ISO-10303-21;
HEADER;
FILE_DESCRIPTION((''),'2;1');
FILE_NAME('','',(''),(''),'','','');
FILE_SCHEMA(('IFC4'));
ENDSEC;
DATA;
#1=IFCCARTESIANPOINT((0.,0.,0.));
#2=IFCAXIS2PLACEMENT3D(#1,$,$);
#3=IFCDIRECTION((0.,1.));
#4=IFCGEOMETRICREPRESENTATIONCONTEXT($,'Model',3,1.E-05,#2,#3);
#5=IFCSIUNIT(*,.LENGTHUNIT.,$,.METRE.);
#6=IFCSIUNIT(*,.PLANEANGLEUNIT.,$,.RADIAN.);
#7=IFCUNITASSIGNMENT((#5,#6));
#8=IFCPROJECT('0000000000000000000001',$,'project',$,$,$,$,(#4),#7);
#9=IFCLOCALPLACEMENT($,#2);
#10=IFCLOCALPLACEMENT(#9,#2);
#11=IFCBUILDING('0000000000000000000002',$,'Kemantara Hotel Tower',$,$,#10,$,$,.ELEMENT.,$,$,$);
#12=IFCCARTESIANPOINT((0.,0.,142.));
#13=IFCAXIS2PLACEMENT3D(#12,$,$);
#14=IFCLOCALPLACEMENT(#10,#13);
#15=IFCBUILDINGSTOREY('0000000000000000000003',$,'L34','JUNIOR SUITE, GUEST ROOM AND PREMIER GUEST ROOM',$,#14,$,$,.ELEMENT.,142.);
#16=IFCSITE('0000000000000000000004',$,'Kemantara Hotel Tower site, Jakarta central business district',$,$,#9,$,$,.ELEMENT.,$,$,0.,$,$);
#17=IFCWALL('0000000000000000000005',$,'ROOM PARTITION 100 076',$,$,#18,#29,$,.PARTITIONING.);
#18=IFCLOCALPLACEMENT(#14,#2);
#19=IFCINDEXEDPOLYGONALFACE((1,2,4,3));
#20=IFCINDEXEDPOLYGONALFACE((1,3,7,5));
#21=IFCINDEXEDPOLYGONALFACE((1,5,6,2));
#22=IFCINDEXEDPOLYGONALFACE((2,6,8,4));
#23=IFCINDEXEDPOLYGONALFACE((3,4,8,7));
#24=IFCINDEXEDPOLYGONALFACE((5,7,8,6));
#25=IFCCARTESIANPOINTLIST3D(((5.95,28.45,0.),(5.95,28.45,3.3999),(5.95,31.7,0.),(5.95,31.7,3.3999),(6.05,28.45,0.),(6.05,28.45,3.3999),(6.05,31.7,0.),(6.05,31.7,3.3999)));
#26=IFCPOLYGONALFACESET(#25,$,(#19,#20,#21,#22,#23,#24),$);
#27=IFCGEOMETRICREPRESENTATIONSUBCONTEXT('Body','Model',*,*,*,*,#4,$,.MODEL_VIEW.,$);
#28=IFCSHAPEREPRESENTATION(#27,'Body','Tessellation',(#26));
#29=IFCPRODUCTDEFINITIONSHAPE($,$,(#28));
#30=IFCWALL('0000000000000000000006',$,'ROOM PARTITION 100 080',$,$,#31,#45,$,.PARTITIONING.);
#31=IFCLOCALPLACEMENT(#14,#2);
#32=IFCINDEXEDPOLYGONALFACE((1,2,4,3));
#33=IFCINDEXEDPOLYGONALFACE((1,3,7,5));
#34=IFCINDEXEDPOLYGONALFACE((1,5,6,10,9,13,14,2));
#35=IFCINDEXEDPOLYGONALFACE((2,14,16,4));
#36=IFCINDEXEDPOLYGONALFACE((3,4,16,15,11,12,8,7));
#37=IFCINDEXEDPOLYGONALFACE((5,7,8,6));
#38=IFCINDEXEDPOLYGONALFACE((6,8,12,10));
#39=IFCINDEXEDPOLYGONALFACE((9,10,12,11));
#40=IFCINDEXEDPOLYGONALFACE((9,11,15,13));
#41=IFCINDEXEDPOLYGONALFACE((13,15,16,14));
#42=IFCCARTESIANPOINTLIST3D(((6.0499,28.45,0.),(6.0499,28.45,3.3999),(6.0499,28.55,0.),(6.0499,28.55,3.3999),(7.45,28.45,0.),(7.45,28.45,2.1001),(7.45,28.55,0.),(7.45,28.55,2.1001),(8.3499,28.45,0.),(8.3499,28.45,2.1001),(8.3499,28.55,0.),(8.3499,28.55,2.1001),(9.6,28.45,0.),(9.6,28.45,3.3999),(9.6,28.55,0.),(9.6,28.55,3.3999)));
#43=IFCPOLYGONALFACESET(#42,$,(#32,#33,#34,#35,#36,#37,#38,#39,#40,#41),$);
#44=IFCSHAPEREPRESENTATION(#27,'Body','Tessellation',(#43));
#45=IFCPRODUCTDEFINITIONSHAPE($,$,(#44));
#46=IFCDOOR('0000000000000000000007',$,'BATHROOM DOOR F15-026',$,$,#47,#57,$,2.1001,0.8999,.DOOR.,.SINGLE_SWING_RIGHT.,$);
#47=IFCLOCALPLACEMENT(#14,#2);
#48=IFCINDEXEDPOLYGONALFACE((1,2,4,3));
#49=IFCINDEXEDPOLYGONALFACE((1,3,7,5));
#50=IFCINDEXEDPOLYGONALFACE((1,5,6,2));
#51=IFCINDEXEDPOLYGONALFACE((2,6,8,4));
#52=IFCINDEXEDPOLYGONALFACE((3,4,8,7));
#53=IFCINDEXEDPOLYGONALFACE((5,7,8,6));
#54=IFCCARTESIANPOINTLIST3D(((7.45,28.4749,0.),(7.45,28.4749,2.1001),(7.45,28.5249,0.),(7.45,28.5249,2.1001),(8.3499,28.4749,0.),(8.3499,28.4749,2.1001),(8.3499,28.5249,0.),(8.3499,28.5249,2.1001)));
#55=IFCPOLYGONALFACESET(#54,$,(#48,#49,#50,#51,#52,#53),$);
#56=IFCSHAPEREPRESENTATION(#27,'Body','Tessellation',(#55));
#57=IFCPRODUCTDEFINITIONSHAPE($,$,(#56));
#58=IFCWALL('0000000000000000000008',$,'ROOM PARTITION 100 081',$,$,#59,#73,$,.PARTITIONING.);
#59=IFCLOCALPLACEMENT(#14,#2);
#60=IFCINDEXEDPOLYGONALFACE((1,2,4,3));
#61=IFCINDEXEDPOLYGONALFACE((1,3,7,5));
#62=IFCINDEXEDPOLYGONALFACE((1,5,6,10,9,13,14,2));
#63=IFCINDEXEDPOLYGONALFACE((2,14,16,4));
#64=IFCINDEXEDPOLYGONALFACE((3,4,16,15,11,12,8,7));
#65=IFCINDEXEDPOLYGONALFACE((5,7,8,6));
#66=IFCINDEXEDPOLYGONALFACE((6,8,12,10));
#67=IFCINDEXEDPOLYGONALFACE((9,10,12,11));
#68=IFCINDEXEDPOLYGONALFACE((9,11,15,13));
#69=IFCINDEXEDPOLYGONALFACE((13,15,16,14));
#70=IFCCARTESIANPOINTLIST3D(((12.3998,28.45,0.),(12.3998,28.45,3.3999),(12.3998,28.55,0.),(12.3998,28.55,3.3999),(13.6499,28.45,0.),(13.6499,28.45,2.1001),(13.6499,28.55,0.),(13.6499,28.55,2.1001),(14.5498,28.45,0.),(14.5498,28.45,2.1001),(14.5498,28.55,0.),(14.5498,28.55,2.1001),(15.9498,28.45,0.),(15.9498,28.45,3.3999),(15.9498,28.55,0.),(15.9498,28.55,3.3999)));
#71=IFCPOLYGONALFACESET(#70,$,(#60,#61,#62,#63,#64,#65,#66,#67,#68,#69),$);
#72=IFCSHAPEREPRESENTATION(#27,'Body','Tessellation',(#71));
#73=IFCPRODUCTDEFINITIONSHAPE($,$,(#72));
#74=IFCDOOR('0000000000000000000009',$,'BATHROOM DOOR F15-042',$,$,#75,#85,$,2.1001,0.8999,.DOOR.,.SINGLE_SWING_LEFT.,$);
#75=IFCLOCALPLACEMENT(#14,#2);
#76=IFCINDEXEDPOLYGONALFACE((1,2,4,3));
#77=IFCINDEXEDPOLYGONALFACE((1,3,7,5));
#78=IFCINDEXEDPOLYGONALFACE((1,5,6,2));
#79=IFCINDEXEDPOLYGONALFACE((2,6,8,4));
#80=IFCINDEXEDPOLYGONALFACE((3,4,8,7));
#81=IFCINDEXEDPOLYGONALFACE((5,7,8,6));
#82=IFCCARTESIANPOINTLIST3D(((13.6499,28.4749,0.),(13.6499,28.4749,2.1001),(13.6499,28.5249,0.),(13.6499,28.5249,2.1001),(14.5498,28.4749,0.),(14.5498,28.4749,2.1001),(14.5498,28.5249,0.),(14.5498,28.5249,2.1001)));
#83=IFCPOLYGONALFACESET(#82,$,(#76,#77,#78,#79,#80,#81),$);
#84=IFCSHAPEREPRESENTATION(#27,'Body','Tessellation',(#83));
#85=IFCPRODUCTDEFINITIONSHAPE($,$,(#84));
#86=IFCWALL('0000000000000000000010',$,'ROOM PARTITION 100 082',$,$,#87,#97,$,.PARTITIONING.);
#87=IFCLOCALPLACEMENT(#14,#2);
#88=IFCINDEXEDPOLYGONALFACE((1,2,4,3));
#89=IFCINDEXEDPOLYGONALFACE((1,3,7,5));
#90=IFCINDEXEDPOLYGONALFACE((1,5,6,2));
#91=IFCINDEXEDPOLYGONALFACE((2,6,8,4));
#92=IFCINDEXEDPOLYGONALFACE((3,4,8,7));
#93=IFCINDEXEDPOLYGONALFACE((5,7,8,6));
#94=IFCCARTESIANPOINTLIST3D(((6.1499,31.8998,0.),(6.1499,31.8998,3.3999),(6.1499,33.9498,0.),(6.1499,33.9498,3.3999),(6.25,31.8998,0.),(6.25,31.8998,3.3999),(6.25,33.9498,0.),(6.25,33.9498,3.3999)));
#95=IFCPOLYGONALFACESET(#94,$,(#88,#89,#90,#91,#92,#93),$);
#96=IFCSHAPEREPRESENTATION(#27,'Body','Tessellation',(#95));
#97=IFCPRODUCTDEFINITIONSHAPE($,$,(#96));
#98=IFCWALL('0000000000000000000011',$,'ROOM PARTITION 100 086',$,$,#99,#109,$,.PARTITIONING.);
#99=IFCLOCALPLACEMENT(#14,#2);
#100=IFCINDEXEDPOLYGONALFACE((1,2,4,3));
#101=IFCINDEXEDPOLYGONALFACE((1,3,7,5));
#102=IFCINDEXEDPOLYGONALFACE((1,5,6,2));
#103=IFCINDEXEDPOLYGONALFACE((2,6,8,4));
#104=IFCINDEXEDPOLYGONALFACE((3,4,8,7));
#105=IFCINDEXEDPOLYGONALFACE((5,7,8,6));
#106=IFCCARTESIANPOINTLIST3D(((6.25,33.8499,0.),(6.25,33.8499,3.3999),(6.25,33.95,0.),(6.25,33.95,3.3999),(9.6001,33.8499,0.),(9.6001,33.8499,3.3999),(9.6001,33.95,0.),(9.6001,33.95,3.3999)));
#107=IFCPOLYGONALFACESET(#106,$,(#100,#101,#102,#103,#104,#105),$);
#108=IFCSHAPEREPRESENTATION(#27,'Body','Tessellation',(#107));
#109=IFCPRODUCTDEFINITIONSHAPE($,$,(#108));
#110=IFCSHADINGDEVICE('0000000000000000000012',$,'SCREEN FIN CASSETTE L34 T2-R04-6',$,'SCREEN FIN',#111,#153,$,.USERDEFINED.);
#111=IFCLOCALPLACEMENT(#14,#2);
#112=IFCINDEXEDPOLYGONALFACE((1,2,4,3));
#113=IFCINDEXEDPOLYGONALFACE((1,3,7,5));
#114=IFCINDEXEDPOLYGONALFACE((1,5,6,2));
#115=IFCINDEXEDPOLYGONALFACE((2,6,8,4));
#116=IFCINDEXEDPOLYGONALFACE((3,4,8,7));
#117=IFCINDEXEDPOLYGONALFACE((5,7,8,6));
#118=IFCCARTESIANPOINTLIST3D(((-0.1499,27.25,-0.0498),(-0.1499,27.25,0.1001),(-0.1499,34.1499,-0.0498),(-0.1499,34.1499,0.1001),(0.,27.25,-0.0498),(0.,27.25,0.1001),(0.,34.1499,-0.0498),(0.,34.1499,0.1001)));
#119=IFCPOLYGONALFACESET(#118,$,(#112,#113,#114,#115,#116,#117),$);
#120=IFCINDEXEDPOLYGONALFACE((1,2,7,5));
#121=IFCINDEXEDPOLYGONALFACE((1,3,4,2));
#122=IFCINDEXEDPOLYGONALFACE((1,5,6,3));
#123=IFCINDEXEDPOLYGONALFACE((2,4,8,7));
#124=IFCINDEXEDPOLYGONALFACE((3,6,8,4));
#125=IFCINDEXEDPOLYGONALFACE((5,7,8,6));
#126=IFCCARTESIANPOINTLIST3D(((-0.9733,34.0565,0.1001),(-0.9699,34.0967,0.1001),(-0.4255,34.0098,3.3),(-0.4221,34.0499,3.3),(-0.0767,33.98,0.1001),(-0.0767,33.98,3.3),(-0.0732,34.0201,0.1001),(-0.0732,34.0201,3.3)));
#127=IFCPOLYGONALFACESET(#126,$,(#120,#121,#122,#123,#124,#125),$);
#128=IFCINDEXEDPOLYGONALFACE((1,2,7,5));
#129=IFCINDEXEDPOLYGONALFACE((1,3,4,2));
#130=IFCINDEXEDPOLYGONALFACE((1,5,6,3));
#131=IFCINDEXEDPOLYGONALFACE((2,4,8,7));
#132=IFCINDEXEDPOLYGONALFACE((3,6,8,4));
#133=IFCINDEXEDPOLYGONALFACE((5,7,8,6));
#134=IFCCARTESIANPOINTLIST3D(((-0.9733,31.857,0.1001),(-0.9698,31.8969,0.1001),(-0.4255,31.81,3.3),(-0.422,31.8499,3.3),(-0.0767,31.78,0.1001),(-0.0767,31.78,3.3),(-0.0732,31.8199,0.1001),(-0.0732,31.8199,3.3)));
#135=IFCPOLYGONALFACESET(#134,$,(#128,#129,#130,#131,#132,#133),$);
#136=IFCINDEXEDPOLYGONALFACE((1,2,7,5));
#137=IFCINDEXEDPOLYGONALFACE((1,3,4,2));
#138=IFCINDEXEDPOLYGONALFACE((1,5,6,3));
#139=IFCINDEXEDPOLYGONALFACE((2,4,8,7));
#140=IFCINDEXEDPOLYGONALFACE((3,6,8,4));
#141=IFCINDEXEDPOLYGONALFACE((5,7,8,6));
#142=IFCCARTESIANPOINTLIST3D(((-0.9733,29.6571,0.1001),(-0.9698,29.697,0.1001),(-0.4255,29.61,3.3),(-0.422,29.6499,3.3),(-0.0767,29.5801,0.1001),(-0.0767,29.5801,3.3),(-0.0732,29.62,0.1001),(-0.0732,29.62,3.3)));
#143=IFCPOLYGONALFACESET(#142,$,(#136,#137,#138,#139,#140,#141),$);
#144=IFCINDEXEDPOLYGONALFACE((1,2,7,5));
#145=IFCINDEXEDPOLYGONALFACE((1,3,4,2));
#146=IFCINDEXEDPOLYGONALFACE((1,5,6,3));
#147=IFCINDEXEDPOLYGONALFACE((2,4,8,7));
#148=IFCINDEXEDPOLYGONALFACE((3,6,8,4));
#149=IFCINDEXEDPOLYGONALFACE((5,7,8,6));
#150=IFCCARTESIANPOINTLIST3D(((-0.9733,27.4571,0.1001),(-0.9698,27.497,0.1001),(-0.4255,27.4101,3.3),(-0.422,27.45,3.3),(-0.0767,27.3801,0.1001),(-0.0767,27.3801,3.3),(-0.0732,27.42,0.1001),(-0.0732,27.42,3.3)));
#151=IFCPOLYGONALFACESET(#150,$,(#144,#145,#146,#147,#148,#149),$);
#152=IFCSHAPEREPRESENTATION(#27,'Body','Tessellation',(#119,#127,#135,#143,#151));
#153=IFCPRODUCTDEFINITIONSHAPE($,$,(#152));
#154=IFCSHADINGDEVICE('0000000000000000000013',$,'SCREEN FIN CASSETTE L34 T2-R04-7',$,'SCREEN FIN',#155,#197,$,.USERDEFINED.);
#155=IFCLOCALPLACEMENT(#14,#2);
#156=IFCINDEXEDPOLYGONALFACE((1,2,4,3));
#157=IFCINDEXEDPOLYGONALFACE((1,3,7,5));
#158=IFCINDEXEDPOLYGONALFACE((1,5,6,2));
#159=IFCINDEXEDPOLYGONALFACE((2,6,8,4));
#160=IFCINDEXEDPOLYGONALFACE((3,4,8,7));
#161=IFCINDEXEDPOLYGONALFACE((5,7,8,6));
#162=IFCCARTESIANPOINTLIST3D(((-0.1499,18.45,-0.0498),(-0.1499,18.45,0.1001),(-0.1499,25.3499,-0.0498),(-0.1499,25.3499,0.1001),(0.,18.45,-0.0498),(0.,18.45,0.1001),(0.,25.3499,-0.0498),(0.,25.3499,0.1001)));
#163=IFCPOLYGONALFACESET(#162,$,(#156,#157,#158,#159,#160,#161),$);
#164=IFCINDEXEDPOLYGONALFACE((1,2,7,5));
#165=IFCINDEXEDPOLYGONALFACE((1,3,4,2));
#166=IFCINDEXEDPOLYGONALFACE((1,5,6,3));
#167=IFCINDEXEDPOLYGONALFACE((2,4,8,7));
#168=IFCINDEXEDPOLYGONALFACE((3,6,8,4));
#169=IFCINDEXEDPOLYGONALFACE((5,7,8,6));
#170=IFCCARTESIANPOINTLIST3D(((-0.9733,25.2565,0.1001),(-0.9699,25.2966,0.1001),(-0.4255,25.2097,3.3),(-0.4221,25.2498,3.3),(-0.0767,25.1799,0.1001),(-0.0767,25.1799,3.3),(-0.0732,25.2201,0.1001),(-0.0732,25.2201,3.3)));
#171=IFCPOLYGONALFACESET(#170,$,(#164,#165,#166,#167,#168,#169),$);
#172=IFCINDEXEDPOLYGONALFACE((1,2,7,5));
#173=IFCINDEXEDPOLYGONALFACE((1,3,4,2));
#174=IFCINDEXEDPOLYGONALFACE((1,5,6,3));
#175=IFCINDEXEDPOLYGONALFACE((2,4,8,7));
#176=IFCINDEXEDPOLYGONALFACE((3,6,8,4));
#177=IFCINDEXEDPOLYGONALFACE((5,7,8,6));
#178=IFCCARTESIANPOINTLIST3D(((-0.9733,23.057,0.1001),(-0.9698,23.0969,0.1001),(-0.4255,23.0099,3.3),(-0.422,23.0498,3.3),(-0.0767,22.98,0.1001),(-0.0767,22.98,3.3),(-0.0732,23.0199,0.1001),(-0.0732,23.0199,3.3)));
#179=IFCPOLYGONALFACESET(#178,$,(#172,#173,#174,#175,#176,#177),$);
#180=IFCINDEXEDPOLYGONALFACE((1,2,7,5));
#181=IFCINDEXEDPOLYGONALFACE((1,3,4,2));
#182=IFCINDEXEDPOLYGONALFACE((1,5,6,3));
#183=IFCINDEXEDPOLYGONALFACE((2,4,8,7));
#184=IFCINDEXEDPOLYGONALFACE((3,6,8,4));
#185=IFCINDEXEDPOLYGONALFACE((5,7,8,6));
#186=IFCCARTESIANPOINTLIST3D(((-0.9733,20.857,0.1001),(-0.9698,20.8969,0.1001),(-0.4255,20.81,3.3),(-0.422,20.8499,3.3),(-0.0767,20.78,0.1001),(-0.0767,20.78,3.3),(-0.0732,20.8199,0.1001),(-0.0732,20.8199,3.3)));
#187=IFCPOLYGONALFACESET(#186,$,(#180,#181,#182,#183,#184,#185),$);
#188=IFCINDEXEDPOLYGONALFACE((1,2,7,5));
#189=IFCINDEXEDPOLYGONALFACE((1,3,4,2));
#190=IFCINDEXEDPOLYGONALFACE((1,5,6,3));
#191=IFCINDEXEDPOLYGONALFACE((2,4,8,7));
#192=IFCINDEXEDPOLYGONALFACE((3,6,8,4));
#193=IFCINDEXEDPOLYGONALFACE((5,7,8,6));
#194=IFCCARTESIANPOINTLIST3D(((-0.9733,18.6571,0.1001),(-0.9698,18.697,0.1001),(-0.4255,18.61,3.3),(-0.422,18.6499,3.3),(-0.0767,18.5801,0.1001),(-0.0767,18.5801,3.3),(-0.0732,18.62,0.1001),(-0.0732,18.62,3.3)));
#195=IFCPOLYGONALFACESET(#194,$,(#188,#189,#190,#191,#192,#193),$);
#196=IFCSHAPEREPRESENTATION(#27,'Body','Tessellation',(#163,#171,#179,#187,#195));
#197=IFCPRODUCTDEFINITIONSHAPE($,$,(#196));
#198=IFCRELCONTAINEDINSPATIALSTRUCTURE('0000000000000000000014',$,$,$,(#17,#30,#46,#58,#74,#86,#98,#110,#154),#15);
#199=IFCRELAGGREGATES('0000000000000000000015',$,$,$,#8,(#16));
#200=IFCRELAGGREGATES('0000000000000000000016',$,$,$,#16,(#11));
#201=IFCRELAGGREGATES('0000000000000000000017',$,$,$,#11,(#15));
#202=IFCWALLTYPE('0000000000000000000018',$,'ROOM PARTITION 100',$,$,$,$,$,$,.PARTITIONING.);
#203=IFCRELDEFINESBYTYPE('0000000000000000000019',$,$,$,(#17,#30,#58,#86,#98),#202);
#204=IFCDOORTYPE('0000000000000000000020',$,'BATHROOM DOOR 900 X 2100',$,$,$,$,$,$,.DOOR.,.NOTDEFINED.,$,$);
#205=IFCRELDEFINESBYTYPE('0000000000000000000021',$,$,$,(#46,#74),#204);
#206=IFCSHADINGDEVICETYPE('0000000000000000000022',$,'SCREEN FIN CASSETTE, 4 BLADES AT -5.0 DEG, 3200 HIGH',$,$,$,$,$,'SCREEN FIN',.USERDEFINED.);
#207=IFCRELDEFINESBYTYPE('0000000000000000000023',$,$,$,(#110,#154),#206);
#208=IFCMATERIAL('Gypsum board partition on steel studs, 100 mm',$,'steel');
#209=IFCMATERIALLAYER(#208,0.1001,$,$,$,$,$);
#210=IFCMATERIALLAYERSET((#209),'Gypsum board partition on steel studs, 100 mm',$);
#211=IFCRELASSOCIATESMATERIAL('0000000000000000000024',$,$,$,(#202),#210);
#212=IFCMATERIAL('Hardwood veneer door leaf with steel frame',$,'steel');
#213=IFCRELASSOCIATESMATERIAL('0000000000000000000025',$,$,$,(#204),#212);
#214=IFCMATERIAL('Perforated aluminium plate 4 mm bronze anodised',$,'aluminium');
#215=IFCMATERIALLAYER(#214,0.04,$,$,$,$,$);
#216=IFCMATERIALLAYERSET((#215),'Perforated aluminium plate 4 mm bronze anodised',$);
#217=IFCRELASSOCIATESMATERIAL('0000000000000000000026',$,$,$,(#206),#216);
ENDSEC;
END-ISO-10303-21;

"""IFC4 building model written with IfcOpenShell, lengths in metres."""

from ifc_helpers import new_model, si_unit, direction, frame, frame_2d, origin, origin_2d, place, context, subcontext, project, spatial, polyline, rectangle, outline, extrude, source, transform, mapped, material, layer, layer_set, type_object, element, fill, save


model = new_model("IFC4")

# Units and contexts
model_context = context("Model", 3, precision=1e-05, world=origin(), true_north=direction((0.0, 1.0)))
body_context = subcontext(model_context, "Body", "Model", "MODEL_VIEW")
ifc_project = project(units=[si_unit("LENGTHUNIT", "METRE"), si_unit("PLANEANGLEUNIT", "RADIAN")], contexts=[model_context])

# Site, building, storey
site_placement = place(None, origin())
site = spatial("IfcSite", under=ifc_project, at=site_placement, Name="Kemantara Hotel Tower site, Jakarta central business district", CompositionType="ELEMENT", RefElevation=0.0)
building_placement = place(site_placement, origin())
building = spatial("IfcBuilding", under=site, at=building_placement, Name="Kemantara Hotel Tower", CompositionType="ELEMENT")
storey_placement = place(building_placement, frame((0.0, 0.0, 142.0)))
storey = spatial("IfcBuildingStorey", under=building, at=storey_placement, Name="L34", Description="JUNIOR SUITE, GUEST ROOM AND PREMIER GUEST ROOM", CompositionType="ELEMENT", Elevation=142.0)

# Shared definitions
ifc_material_1 = material(Name="Hardwood veneer door leaf with steel frame", Category="steel")

# Wall
ifc_material_2 = material(Name="Gypsum board partition on steel studs, 100 mm", Category="steel")
ifc_layer_1 = layer(ifc_material_2, 0.1001)
ifc_layer_set_1 = layer_set([ifc_layer_1], Name="Gypsum board partition on steel studs, 100 mm")
wall_type_1 = type_object("IfcWallType", Name="ROOM PARTITION 100", PredefinedType="PARTITIONING", material=ifc_layer_set_1)
wall_1_placement = place(storey_placement, frame((6.0, 28.45, 0.0), z_axis=(0.0, 0.0, 1.0), x_axis=(0.0, 1.0, 0.0)))
element("IfcWall", 1, at=wall_1_placement, inside=storey, type_object=wall_type_1, Name="ROOM PARTITION 100 076", PredefinedType="PARTITIONING", context=body_context, shape_type="SweptSolid", body=[
    extrude(rectangle(XDim=3.25, YDim=0.1001, at=frame_2d((1.625, 0.0))), origin(), (0.0, 0.0, 1.0), 3.3999),
])

# Walls, openings, doors
wall_2_placement = place(storey_placement, frame((6.05, 28.5, 0.0), z_axis=(0.0, 0.0, 1.0), x_axis=(1.0, 0.0, 0.0)))
wall_2 = element("IfcWall", 2, at=wall_2_placement, inside=storey, type_object=wall_type_1, Name="ROOM PARTITION 100 080", PredefinedType="PARTITIONING", context=body_context, shape_type="SweptSolid", body=[
    extrude(rectangle(XDim=3.55, YDim=0.1001, at=frame_2d((1.7749, 0.0))), origin(), (0.0, 0.0, 1.0), 3.3999),
])
opening_1_placement = place(wall_2_placement, frame((1.3999, 0.0, 0.0)))
opening_1 = element("IfcOpeningElement", 3, at=opening_1_placement, cuts=wall_2, PredefinedType="OPENING", context=body_context, shape_type="SweptSolid", body=[
    extrude(rectangle(XDim=0.8999, YDim=2.1001, at=frame_2d((0.45, 1.05))), frame((0.0, 0.0601, 0.0), z_axis=(0.0, -1.0, 0.0), x_axis=(1.0, 0.0, 0.0)), (0.0, 0.0, 1.0), 0.1201),
])
door_type_1 = type_object("IfcDoorType", Name="BATHROOM DOOR 900 X 2100", OperationType="NOTDEFINED", PredefinedType="DOOR", material=ifc_material_1)
door_1_placement = place(opening_1_placement, origin())
door_1 = element("IfcDoor", 4, at=door_1_placement, inside=storey, type_object=door_type_1, Name="BATHROOM DOOR F15-026", OperationType="SINGLE_SWING_RIGHT", OverallHeight=2.1001, OverallWidth=0.8999, PredefinedType="DOOR", context=body_context, shape_type="SweptSolid", body=[
    extrude(rectangle(XDim=0.8999, YDim=2.1001, at=frame_2d((0.45, 1.05))), frame((0.0, 0.0249, 0.0), z_axis=(0.0, -1.0, 0.0), x_axis=(1.0, 0.0, 0.0)), (0.0, 0.0, 1.0), 0.05),
])
fill(opening_1, door_1)
wall_3_placement = place(storey_placement, frame((12.3999, 28.5, 0.0), z_axis=(0.0, 0.0, 1.0), x_axis=(1.0, 0.0, 0.0)))
wall_3 = element("IfcWall", 5, at=wall_3_placement, inside=storey, type_object=wall_type_1, Name="ROOM PARTITION 100 081", PredefinedType="PARTITIONING", context=body_context, shape_type="SweptSolid", body=[
    extrude(rectangle(XDim=3.55, YDim=0.1001, at=frame_2d((1.7749, 0.0))), origin(), (0.0, 0.0, 1.0), 3.3999),
])
opening_2_placement = place(wall_3_placement, frame((1.25, 0.0, 0.0)))
opening_2 = element("IfcOpeningElement", 6, at=opening_2_placement, cuts=wall_3, PredefinedType="OPENING", context=body_context, shape_type="SweptSolid", body=[
    extrude(rectangle(XDim=0.8999, YDim=2.1001, at=frame_2d((0.45, 1.05))), frame((0.0, 0.0601, 0.0), z_axis=(0.0, -1.0, 0.0), x_axis=(1.0, 0.0, 0.0)), (0.0, 0.0, 1.0), 0.1201),
])
door_2_placement = place(opening_2_placement, origin())
door_2 = element("IfcDoor", 7, at=door_2_placement, inside=storey, type_object=door_type_1, Name="BATHROOM DOOR F15-042", OperationType="SINGLE_SWING_LEFT", OverallHeight=2.1001, OverallWidth=0.8999, PredefinedType="DOOR", context=body_context, shape_type="SweptSolid", body=[
    extrude(rectangle(XDim=0.8999, YDim=2.1001, at=frame_2d((0.45, 1.05))), frame((0.0, 0.0249, 0.0), z_axis=(0.0, -1.0, 0.0), x_axis=(1.0, 0.0, 0.0)), (0.0, 0.0, 1.0), 0.05),
])
fill(opening_2, door_2)

# Walls
wall_4_placement = place(storey_placement, frame((6.2, 31.8999, 0.0), z_axis=(0.0, 0.0, 1.0), x_axis=(0.0, 1.0, 0.0)))
element("IfcWall", 8, at=wall_4_placement, inside=storey, type_object=wall_type_1, Name="ROOM PARTITION 100 082", PredefinedType="PARTITIONING", context=body_context, shape_type="SweptSolid", body=[
    extrude(rectangle(XDim=2.05, YDim=0.1001, at=frame_2d((1.0249, 0.0))), origin(), (0.0, 0.0, 1.0), 3.3999),
])
wall_5_placement = place(storey_placement, frame((6.25, 33.8999, 0.0), z_axis=(0.0, 0.0, 1.0), x_axis=(1.0, 0.0, 0.0)))
element("IfcWall", 9, at=wall_5_placement, inside=storey, type_object=wall_type_1, Name="ROOM PARTITION 100 086", PredefinedType="PARTITIONING", context=body_context, shape_type="SweptSolid", body=[
    extrude(rectangle(XDim=3.3501, YDim=0.1001, at=frame_2d((1.675, 0.0))), origin(), (0.0, 0.0, 1.0), 3.3999),
])

# Shading devices
ifc_material_3 = material(Name="Perforated aluminium plate 4 mm bronze anodised", Category="aluminium")
ifc_layer_2 = layer(ifc_material_3, 0.04)
ifc_layer_set_2 = layer_set([ifc_layer_2], Name="Perforated aluminium plate 4 mm bronze anodised")
shading_device_type = type_object("IfcShadingDeviceType", Name="SCREEN FIN CASSETTE, 4 BLADES AT -5.0 DEG, 3200 HIGH", ElementType="SCREEN FIN", PredefinedType="USERDEFINED", material=ifc_layer_set_2)
shared_shape = source(origin(), body_context, "Body", "SweptSolid", [
    extrude(rectangle(XDim=6.8999, YDim=0.1499, at=origin_2d()), frame((3.3, -0.075, -0.1499), z_axis=(0.0, 0.0, 1.0), x_axis=(1.0, 0.0, 0.0)), (0.0, 0.0, 1.0), 0.1499),
    extrude(outline(polyline([(0.0, 0.0), (0.8999, 0.0), (0.3501, 3.2), (0.0, 3.2), (0.0, 0.0)])), frame((0.02, -0.0767, 0.0), z_axis=(-0.996376, 0.085056, 0.0), x_axis=(-0.085056, -0.996376, 0.0)), (0.0, 0.0, 1.0), 0.0403),
    extrude(outline(polyline([(0.0, 0.0), (0.8999, 0.0), (0.3501, 3.2), (0.0, 3.2), (0.0, 0.0)])), frame((2.22, -0.0767, 0.0), z_axis=(-0.996332, 0.085575, 0.0), x_axis=(-0.085575, -0.996332, 0.0)), (0.0, 0.0, 1.0), 0.04),
    extrude(outline(polyline([(0.0, 0.0), (0.8999, 0.0), (0.3501, 3.2), (0.0, 3.2), (0.0, 0.0)])), frame((4.4199, -0.0767, 0.0), z_axis=(-0.996332, 0.085575, 0.0), x_axis=(-0.085575, -0.996332, 0.0)), (0.0, 0.0, 1.0), 0.04),
    extrude(outline(polyline([(0.0, 0.0), (0.8999, 0.0), (0.3501, 3.2), (0.0, 3.2), (0.0, 0.0)])), frame((6.6199, -0.0767, 0.0), z_axis=(-0.996332, 0.085575, 0.0), x_axis=(-0.085575, -0.996332, 0.0)), (0.0, 0.0, 1.0), 0.04),
])
for number, where, z_axis, x_axis, name in (
    (10, (0.0, 34.0, 0.1001), (0.0, 0.0, 1.0), (0.0, -1.0, 0.0), "SCREEN FIN CASSETTE L34 T2-R04-6"),
    (11, (0.0, 25.2, 0.1001), (0.0, 0.0, 1.0), (0.0, -1.0, 0.0), "SCREEN FIN CASSETTE L34 T2-R04-7"),
):
    element("IfcShadingDevice", number, at=place(storey_placement, frame(where, z_axis=z_axis, x_axis=x_axis)), inside=storey, type_object=shading_device_type, Name=name, ObjectType="SCREEN FIN", PredefinedType="USERDEFINED", context=body_context, shape_type="MappedRepresentation", body=[
        mapped(shared_shape, transform((0.0, 0.0, 0.0))),
    ])

save(model, "model.ifc")
